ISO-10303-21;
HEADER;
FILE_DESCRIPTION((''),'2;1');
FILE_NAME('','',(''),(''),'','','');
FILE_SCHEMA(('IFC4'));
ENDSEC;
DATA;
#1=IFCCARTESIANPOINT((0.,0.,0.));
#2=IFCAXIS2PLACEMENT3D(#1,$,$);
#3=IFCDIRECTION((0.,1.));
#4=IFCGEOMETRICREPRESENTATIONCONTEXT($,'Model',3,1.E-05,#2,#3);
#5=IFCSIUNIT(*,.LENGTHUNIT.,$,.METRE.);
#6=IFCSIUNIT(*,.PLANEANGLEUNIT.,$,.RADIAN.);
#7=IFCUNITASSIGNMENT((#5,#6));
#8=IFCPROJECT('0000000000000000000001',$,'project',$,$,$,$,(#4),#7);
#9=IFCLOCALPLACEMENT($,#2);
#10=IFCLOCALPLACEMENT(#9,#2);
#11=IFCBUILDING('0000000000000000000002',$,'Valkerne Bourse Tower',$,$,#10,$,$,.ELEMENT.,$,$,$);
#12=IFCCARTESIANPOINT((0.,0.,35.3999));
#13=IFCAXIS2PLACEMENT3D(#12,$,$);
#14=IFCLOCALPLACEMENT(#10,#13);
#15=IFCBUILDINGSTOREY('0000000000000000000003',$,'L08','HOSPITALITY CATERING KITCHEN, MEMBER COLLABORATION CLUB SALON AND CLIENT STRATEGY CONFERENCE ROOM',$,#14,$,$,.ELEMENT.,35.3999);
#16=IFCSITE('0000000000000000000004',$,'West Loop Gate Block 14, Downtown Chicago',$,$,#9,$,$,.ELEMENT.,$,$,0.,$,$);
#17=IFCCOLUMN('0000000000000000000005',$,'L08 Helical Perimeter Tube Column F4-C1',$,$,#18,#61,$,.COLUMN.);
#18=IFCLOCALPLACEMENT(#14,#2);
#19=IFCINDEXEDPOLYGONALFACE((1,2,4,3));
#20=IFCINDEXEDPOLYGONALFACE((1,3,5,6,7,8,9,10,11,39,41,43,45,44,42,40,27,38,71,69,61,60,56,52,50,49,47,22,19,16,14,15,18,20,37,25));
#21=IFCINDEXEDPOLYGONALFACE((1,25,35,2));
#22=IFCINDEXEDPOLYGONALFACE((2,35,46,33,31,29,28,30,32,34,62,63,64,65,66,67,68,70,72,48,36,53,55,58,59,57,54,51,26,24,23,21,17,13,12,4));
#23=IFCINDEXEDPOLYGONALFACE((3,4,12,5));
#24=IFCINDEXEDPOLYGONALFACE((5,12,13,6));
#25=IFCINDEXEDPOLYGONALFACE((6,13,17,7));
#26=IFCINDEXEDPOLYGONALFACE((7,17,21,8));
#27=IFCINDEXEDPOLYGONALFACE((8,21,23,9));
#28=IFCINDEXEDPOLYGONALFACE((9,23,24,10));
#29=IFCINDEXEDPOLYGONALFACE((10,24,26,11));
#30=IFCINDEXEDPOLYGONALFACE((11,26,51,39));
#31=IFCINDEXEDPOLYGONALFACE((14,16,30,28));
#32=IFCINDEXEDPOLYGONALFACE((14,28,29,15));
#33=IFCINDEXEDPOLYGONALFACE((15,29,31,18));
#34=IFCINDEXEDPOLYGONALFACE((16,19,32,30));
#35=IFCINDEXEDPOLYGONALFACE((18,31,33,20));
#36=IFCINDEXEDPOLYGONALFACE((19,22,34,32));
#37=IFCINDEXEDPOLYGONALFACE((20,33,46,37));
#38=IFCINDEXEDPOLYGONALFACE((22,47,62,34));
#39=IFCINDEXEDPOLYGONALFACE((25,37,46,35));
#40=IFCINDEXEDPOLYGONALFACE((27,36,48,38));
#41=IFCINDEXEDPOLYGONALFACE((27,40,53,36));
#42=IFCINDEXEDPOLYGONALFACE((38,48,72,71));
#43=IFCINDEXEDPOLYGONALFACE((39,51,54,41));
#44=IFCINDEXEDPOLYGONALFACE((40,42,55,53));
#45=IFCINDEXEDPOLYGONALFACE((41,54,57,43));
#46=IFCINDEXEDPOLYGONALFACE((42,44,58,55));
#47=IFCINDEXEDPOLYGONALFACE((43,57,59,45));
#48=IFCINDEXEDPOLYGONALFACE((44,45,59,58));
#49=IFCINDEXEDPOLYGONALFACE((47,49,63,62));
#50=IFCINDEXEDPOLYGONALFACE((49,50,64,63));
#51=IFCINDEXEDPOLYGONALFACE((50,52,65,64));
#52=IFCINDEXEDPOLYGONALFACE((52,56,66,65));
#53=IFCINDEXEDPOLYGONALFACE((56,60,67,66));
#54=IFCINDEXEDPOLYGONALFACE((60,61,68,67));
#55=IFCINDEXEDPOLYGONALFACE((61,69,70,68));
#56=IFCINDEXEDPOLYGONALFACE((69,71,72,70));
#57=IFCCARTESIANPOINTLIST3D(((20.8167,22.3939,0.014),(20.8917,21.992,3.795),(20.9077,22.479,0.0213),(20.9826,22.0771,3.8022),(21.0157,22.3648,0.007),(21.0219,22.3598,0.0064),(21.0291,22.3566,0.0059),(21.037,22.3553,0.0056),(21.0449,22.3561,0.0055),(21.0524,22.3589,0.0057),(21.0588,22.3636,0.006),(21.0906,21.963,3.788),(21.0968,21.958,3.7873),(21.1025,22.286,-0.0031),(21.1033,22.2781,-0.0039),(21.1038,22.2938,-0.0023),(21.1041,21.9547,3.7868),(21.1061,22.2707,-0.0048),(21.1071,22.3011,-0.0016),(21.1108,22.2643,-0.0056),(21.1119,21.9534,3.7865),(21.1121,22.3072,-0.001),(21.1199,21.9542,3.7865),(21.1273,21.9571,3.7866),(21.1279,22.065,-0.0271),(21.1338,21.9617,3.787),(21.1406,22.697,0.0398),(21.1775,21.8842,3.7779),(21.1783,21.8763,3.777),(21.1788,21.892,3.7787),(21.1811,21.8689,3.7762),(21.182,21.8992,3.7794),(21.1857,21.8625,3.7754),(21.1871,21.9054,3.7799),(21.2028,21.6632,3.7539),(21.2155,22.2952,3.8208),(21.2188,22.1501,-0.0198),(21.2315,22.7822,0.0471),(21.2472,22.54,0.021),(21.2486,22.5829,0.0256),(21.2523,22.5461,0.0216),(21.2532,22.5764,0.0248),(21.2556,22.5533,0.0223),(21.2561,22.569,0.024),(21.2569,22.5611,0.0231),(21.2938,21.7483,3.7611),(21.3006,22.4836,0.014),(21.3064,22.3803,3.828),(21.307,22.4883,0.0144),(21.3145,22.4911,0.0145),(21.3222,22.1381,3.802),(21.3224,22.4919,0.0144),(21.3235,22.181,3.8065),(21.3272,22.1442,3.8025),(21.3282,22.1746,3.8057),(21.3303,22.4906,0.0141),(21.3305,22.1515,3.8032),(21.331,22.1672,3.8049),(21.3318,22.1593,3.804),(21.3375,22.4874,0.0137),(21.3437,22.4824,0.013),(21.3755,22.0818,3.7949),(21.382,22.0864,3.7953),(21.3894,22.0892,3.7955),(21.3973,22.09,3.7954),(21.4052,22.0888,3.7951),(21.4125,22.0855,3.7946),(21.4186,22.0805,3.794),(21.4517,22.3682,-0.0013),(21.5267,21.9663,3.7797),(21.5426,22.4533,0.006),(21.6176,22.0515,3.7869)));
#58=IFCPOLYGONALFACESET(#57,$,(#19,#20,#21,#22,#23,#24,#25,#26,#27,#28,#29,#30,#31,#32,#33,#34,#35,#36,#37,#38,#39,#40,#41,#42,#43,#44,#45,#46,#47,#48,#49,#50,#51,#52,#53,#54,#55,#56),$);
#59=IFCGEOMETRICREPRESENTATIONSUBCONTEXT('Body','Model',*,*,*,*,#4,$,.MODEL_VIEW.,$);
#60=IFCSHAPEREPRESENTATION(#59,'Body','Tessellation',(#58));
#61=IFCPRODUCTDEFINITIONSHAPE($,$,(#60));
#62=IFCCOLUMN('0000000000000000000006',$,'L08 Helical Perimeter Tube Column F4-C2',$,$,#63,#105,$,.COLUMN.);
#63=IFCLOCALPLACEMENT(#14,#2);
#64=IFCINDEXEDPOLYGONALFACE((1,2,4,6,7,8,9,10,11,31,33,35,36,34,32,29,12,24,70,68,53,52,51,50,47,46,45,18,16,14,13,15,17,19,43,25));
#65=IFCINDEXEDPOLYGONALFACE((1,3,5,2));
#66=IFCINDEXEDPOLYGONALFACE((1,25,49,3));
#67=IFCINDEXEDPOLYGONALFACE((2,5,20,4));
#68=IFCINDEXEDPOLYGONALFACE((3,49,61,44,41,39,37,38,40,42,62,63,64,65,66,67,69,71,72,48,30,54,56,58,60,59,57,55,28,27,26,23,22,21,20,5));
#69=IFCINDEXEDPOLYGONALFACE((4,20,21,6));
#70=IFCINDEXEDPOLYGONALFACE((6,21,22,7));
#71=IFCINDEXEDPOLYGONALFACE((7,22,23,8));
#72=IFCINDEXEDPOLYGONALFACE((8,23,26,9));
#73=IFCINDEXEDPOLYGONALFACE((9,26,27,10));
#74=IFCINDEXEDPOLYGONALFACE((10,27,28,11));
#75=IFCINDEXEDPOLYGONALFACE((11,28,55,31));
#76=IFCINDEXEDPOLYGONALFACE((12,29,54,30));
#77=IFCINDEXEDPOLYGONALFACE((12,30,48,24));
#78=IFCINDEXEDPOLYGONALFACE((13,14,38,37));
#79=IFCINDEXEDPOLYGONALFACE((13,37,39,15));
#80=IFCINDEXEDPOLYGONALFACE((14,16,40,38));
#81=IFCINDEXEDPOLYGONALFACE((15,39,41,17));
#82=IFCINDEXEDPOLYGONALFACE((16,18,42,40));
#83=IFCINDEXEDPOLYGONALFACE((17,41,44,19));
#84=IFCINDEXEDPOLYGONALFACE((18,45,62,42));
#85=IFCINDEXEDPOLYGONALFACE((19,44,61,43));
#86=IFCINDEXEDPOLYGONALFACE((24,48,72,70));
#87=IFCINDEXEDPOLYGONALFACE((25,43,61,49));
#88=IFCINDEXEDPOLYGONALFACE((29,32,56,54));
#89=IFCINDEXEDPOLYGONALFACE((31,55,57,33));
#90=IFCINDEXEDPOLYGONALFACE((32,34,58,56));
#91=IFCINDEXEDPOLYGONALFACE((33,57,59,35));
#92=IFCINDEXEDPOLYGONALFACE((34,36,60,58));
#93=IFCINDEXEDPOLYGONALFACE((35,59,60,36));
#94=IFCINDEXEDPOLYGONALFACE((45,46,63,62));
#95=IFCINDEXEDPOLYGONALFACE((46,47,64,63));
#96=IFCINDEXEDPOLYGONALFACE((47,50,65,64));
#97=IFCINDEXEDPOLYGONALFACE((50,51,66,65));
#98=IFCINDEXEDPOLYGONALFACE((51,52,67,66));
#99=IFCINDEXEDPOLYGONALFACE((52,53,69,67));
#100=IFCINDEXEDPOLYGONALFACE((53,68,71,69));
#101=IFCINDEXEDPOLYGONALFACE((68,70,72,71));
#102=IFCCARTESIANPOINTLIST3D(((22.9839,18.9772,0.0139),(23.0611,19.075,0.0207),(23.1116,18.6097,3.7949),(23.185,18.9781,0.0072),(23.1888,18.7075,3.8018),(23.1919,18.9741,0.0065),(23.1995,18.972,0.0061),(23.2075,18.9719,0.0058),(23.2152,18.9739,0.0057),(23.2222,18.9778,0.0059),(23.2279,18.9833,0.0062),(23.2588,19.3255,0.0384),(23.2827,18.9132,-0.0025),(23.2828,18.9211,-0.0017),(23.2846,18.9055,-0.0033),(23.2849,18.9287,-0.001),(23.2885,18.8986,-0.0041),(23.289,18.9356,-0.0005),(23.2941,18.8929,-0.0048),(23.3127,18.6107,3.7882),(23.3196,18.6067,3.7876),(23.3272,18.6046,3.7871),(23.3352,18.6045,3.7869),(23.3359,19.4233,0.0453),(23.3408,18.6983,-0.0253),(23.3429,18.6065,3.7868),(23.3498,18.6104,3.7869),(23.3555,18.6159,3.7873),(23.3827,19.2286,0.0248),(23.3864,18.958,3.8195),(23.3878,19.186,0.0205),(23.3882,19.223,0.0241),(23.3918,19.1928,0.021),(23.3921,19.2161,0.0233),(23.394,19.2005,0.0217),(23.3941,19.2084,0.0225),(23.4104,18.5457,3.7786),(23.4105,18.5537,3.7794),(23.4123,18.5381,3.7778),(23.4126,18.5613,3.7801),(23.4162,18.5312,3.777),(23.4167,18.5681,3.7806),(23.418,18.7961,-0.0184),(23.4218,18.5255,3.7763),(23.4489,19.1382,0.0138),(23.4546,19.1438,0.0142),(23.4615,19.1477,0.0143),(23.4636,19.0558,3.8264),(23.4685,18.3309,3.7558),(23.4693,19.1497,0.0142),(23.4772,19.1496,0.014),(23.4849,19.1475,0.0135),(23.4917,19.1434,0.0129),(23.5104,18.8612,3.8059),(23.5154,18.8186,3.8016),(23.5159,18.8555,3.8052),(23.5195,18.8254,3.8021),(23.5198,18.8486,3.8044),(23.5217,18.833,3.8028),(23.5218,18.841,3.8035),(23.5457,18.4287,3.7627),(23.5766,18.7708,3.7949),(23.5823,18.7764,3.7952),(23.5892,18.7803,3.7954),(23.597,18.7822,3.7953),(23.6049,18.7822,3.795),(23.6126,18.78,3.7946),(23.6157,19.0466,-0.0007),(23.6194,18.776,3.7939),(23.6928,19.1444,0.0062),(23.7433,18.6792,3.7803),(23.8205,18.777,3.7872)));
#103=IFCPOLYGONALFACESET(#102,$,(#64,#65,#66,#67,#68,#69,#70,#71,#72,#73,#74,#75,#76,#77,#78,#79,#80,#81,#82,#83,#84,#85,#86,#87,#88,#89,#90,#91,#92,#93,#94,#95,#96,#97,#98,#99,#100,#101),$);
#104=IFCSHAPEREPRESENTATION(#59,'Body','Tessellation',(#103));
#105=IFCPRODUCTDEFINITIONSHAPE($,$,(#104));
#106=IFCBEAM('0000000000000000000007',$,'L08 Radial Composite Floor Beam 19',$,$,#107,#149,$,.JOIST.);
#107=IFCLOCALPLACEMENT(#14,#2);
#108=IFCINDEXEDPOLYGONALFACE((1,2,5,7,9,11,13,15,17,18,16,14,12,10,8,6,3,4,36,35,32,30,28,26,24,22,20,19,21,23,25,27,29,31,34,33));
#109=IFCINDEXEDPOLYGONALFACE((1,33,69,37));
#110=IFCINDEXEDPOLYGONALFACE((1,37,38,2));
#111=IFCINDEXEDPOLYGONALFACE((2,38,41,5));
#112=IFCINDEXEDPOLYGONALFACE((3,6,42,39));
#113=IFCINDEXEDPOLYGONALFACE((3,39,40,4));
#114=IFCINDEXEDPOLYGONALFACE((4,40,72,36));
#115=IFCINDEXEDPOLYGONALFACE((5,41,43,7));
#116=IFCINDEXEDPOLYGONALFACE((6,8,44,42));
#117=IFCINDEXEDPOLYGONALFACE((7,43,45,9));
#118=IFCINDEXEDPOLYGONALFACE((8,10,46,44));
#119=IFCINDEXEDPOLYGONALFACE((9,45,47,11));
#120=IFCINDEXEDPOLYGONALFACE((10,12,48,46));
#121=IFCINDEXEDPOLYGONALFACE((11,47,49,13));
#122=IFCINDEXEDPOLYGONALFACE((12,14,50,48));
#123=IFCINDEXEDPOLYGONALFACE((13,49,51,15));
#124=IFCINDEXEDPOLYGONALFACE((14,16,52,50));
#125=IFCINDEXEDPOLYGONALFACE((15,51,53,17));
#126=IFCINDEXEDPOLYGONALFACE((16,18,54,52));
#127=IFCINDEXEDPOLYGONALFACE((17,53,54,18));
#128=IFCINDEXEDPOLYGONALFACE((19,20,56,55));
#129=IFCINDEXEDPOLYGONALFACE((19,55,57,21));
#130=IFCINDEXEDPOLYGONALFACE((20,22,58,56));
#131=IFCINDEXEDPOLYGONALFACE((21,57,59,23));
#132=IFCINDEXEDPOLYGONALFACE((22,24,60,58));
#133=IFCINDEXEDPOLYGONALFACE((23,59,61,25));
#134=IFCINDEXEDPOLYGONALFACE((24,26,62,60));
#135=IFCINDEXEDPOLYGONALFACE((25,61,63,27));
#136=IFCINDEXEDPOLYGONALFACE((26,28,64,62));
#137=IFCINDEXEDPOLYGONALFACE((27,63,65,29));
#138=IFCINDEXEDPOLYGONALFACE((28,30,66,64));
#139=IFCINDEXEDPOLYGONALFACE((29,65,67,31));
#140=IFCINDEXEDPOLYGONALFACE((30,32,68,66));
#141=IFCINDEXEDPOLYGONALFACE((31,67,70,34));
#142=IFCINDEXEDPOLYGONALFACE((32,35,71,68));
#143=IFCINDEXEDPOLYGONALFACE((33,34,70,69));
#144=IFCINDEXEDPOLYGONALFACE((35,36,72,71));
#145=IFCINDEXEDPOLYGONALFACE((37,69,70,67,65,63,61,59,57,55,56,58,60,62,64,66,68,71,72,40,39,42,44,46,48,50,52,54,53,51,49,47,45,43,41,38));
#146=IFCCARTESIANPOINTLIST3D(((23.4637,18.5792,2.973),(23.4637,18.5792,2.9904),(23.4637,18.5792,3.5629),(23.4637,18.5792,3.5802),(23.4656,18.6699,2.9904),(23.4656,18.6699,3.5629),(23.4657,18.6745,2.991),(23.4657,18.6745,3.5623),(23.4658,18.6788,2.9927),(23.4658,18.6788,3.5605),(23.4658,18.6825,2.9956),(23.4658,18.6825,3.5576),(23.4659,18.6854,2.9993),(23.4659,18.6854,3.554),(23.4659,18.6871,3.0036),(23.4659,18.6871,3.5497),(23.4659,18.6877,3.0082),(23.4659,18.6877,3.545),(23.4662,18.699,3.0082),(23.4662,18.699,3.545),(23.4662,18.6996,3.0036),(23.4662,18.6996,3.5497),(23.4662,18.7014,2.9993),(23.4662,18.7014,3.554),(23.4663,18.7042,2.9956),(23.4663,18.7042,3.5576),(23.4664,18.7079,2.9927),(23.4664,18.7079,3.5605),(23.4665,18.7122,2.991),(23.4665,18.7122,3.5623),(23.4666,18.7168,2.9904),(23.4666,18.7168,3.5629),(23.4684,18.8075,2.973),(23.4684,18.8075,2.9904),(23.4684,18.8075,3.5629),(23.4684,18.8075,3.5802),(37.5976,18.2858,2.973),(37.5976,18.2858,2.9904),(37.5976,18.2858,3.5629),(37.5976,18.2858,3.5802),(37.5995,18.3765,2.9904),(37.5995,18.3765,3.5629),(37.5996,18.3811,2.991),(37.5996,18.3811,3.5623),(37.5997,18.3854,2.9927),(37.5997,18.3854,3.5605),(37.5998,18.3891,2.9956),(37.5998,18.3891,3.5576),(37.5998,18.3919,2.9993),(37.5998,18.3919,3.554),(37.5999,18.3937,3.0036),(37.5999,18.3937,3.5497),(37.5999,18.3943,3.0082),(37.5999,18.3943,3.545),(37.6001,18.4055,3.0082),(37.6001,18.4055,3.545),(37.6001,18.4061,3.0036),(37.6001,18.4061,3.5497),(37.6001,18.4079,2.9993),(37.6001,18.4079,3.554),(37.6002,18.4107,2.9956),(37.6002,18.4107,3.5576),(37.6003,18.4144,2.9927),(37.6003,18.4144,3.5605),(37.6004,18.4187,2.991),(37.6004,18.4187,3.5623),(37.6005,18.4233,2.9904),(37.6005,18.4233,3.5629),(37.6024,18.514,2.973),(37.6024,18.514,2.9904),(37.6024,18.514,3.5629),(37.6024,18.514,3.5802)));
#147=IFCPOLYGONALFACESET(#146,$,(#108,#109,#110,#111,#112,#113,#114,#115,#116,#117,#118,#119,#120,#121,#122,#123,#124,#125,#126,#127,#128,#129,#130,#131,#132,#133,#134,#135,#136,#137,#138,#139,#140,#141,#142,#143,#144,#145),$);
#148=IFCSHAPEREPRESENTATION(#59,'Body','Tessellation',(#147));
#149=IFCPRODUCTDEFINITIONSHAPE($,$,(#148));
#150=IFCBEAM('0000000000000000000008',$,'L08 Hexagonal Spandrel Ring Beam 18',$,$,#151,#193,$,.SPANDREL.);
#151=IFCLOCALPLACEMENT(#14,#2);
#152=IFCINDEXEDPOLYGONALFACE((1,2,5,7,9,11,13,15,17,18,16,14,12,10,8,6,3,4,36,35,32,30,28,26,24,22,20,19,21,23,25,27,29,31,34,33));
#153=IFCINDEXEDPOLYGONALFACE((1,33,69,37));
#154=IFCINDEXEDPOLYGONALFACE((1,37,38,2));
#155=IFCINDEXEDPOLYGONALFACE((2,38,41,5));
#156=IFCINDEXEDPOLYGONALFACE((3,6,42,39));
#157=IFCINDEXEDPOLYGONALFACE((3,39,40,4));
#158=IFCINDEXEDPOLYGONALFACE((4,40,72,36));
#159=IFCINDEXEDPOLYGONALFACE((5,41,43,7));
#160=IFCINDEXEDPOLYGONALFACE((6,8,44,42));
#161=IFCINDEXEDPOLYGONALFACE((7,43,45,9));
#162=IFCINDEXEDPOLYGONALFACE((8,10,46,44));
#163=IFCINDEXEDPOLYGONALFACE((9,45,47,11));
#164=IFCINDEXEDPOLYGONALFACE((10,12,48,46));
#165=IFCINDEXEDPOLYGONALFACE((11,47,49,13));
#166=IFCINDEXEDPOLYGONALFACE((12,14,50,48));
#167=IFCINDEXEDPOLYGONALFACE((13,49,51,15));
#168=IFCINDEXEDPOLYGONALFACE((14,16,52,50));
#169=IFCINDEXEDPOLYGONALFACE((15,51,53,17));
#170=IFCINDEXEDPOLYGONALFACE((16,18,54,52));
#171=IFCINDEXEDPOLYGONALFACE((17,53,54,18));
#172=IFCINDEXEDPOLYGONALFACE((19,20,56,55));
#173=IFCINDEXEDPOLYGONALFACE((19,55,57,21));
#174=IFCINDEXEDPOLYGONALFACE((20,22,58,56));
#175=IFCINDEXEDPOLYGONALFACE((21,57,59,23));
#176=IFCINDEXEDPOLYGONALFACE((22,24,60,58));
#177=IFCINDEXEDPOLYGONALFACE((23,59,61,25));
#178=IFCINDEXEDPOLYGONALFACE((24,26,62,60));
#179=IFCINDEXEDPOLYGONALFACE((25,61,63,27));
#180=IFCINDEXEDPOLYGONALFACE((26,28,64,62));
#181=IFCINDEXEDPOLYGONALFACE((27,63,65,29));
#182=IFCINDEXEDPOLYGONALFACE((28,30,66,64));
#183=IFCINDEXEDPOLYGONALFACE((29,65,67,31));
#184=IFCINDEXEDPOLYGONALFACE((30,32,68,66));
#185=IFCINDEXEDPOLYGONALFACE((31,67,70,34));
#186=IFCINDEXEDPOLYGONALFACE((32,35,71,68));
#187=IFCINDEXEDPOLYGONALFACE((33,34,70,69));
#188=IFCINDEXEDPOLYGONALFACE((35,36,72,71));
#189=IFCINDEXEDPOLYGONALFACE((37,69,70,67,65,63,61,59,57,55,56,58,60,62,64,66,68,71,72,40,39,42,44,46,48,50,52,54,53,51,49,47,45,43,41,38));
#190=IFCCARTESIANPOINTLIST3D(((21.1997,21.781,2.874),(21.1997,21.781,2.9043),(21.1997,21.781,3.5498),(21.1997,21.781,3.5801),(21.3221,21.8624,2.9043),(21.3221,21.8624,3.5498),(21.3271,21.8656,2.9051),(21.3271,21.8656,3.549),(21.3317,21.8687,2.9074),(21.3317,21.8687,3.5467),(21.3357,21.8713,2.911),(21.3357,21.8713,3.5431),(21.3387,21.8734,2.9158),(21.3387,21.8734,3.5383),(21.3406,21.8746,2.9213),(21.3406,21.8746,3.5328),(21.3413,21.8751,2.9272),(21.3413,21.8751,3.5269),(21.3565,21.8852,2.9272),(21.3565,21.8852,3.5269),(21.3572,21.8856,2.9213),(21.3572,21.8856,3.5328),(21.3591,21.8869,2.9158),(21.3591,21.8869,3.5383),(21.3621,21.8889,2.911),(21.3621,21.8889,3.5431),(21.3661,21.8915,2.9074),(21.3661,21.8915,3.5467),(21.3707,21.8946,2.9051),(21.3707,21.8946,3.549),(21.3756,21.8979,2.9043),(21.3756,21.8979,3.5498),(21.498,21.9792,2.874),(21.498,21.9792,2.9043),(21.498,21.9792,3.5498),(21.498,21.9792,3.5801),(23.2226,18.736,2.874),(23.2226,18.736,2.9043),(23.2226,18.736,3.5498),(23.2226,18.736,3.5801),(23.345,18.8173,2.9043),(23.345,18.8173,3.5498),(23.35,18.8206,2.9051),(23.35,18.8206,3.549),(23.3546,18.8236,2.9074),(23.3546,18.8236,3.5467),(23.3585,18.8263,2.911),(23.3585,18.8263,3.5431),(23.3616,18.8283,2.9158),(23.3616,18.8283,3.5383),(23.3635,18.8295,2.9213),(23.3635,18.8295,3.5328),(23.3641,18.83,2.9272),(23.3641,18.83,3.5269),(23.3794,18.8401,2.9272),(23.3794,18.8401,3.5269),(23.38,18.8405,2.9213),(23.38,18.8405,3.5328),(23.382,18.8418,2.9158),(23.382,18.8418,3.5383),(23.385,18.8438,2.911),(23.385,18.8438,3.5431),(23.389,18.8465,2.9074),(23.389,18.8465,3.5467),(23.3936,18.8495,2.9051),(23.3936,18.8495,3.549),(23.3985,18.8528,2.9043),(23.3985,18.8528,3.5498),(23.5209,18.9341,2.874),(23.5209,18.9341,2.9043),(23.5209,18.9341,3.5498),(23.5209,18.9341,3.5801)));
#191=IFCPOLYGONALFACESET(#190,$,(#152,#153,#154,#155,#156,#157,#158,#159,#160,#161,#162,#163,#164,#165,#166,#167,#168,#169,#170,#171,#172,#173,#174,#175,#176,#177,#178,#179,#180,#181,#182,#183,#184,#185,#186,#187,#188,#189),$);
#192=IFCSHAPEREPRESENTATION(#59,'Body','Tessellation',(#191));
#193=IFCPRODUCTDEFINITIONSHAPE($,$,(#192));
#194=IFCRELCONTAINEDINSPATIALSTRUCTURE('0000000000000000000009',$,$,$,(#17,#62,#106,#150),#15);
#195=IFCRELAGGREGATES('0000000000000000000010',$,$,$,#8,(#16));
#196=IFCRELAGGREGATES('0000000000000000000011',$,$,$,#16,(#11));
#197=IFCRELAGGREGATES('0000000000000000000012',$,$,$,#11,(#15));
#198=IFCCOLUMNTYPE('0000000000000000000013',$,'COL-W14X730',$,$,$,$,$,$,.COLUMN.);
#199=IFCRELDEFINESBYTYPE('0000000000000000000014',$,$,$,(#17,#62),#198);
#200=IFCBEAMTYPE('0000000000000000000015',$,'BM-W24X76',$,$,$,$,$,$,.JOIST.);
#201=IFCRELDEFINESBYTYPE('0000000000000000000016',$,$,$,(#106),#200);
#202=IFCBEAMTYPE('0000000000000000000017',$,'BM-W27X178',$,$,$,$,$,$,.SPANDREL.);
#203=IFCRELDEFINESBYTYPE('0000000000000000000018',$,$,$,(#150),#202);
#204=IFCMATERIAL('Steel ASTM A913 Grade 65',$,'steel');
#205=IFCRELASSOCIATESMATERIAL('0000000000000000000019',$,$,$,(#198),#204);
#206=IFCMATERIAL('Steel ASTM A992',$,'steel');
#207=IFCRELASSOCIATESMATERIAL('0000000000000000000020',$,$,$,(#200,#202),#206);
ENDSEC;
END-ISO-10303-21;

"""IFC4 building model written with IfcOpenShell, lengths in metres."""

from ifc_helpers import new_model, si_unit, direction, frame, origin, origin_2d, place, context, subcontext, project, spatial, i_section, extrude, material, material_profile, profile_set, type_object, element, save


model = new_model("IFC4")

# Units and contexts
model_context = context("Model", 3, precision=1e-05, world=origin(), true_north=direction((0.0, 1.0)))
body_context = subcontext(model_context, "Body", "Model", "MODEL_VIEW")
ifc_project = project(units=[si_unit("LENGTHUNIT", "METRE"), si_unit("PLANEANGLEUNIT", "RADIAN")], contexts=[model_context])

# Site, building, storey
site_placement = place(None, origin())
site = spatial("IfcSite", under=ifc_project, at=site_placement, Name="West Loop Gate Block 14, Downtown Chicago", CompositionType="ELEMENT", RefElevation=0.0)
building_placement = place(site_placement, origin())
building = spatial("IfcBuilding", under=site, at=building_placement, Name="Valkerne Bourse Tower", CompositionType="ELEMENT")
storey_placement = place(building_placement, frame((0.0, 0.0, 35.3999)))
storey = spatial("IfcBuildingStorey", under=building, at=storey_placement, Name="L08", Description="HOSPITALITY CATERING KITCHEN, MEMBER COLLABORATION CLUB SALON AND CLIENT STRATEGY CONFERENCE ROOM", CompositionType="ELEMENT", Elevation=35.3999)

# Columns
ifc_material_1 = material(Name="Steel ASTM A913 Grade 65", Category="steel")
ifc_material_profile_1 = material_profile(ifc_material_1, i_section(OverallWidth=0.4546, OverallDepth=0.5691, WebThickness=0.0779, FlangeThickness=0.1248, FilletRadius=0.0305, at=origin_2d()), Name="W14X730")
ifc_profile_set_1 = profile_set([ifc_material_profile_1], Name="Steel ASTM A913 Grade 65")
column_type = type_object("IfcColumnType", Name="COL-W14X730", PredefinedType="COLUMN", material=ifc_profile_set_1)
column_1_placement = place(storey_placement, frame((21.1797, 22.4236, 0.01), z_axis=(0.019708, -0.105667, 0.994206), x_axis=(0.68448, -0.723399, -0.090453)))
element("IfcColumn", 1, at=column_1_placement, inside=storey, type_object=column_type, Name="L08 Helical Perimeter Tube Column F4-C1", PredefinedType="COLUMN", context=body_context, shape_type="SweptSolid", body=[
    extrude(i_section(OverallWidth=0.4546, OverallDepth=0.5691, WebThickness=0.0779, FlangeThickness=0.1248, FilletRadius=0.0305, at=origin_2d()), origin(), (0.0, 0.0, 1.0), 3.803),
])
column_2_placement = place(storey_placement, frame((23.3384, 19.0608, 0.01), z_axis=(0.033593, -0.096668, 0.99475), x_axis=(0.785084, -0.613374, -0.086119)))
element("IfcColumn", 2, at=column_2_placement, inside=storey, type_object=column_type, Name="L08 Helical Perimeter Tube Column F4-C2", PredefinedType="COLUMN", context=body_context, shape_type="SweptSolid", body=[
    extrude(i_section(OverallWidth=0.4546, OverallDepth=0.5691, WebThickness=0.0779, FlangeThickness=0.1248, FilletRadius=0.0305, at=origin_2d()), origin(), (0.0, 0.0, 1.0), 3.801),
])

# Beams
ifc_material_2 = material(Name="Steel ASTM A992", Category="steel")
ifc_material_profile_2 = material_profile(ifc_material_2, i_section(OverallWidth=0.2283, OverallDepth=0.6072, WebThickness=0.0112, FlangeThickness=0.0173, FilletRadius=0.0178, at=origin_2d()), Name="W24X76")
ifc_profile_set_2 = profile_set([ifc_material_profile_2], Name="Steel ASTM A992")
beam_type_1 = type_object("IfcBeamType", Name="BM-W24X76", PredefinedType="JOIST", material=ifc_profile_set_2)
beam_1_placement = place(storey_placement, frame((23.4661, 18.6934, 3.2766), z_axis=(0.999785, -0.020758, 0.0), x_axis=(0.020758, 0.999785, 0.0)))
element("IfcBeam", 3, at=beam_1_placement, inside=storey, type_object=beam_type_1, Name="L08 Radial Composite Floor Beam 19", PredefinedType="JOIST", context=body_context, shape_type="SweptSolid", body=[
    extrude(i_section(OverallWidth=0.2283, OverallDepth=0.6072, WebThickness=0.0112, FlangeThickness=0.0173, FilletRadius=0.0178, at=origin_2d()), origin(), (0.0, 0.0, 1.0), 14.137),
])
ifc_material_profile_3 = material_profile(ifc_material_2, i_section(OverallWidth=0.3582, OverallDepth=0.7061, WebThickness=0.0183, FlangeThickness=0.0303, FilletRadius=0.0229, at=origin_2d()), Name="W27X178")
ifc_profile_set_3 = profile_set([ifc_material_profile_3], Name="Steel ASTM A992")
beam_type_2 = type_object("IfcBeamType", Name="BM-W27X178", PredefinedType="SPANDREL", material=ifc_profile_set_3)
beam_2_placement = place(storey_placement, frame((21.3489, 21.8801, 3.2271), z_axis=(0.553343, -0.832953, 0.0), x_axis=(0.832953, 0.553343, 0.0)))
element("IfcBeam", 4, at=beam_2_placement, inside=storey, type_object=beam_type_2, Name="L08 Hexagonal Spandrel Ring Beam 18", PredefinedType="SPANDREL", context=body_context, shape_type="SweptSolid", body=[
    extrude(i_section(OverallWidth=0.3582, OverallDepth=0.7061, WebThickness=0.0183, FlangeThickness=0.0303, FilletRadius=0.0229, at=origin_2d()), origin(), (0.0, 0.0, 1.0), 3.6558),
])

save(model, "model.ifc")
